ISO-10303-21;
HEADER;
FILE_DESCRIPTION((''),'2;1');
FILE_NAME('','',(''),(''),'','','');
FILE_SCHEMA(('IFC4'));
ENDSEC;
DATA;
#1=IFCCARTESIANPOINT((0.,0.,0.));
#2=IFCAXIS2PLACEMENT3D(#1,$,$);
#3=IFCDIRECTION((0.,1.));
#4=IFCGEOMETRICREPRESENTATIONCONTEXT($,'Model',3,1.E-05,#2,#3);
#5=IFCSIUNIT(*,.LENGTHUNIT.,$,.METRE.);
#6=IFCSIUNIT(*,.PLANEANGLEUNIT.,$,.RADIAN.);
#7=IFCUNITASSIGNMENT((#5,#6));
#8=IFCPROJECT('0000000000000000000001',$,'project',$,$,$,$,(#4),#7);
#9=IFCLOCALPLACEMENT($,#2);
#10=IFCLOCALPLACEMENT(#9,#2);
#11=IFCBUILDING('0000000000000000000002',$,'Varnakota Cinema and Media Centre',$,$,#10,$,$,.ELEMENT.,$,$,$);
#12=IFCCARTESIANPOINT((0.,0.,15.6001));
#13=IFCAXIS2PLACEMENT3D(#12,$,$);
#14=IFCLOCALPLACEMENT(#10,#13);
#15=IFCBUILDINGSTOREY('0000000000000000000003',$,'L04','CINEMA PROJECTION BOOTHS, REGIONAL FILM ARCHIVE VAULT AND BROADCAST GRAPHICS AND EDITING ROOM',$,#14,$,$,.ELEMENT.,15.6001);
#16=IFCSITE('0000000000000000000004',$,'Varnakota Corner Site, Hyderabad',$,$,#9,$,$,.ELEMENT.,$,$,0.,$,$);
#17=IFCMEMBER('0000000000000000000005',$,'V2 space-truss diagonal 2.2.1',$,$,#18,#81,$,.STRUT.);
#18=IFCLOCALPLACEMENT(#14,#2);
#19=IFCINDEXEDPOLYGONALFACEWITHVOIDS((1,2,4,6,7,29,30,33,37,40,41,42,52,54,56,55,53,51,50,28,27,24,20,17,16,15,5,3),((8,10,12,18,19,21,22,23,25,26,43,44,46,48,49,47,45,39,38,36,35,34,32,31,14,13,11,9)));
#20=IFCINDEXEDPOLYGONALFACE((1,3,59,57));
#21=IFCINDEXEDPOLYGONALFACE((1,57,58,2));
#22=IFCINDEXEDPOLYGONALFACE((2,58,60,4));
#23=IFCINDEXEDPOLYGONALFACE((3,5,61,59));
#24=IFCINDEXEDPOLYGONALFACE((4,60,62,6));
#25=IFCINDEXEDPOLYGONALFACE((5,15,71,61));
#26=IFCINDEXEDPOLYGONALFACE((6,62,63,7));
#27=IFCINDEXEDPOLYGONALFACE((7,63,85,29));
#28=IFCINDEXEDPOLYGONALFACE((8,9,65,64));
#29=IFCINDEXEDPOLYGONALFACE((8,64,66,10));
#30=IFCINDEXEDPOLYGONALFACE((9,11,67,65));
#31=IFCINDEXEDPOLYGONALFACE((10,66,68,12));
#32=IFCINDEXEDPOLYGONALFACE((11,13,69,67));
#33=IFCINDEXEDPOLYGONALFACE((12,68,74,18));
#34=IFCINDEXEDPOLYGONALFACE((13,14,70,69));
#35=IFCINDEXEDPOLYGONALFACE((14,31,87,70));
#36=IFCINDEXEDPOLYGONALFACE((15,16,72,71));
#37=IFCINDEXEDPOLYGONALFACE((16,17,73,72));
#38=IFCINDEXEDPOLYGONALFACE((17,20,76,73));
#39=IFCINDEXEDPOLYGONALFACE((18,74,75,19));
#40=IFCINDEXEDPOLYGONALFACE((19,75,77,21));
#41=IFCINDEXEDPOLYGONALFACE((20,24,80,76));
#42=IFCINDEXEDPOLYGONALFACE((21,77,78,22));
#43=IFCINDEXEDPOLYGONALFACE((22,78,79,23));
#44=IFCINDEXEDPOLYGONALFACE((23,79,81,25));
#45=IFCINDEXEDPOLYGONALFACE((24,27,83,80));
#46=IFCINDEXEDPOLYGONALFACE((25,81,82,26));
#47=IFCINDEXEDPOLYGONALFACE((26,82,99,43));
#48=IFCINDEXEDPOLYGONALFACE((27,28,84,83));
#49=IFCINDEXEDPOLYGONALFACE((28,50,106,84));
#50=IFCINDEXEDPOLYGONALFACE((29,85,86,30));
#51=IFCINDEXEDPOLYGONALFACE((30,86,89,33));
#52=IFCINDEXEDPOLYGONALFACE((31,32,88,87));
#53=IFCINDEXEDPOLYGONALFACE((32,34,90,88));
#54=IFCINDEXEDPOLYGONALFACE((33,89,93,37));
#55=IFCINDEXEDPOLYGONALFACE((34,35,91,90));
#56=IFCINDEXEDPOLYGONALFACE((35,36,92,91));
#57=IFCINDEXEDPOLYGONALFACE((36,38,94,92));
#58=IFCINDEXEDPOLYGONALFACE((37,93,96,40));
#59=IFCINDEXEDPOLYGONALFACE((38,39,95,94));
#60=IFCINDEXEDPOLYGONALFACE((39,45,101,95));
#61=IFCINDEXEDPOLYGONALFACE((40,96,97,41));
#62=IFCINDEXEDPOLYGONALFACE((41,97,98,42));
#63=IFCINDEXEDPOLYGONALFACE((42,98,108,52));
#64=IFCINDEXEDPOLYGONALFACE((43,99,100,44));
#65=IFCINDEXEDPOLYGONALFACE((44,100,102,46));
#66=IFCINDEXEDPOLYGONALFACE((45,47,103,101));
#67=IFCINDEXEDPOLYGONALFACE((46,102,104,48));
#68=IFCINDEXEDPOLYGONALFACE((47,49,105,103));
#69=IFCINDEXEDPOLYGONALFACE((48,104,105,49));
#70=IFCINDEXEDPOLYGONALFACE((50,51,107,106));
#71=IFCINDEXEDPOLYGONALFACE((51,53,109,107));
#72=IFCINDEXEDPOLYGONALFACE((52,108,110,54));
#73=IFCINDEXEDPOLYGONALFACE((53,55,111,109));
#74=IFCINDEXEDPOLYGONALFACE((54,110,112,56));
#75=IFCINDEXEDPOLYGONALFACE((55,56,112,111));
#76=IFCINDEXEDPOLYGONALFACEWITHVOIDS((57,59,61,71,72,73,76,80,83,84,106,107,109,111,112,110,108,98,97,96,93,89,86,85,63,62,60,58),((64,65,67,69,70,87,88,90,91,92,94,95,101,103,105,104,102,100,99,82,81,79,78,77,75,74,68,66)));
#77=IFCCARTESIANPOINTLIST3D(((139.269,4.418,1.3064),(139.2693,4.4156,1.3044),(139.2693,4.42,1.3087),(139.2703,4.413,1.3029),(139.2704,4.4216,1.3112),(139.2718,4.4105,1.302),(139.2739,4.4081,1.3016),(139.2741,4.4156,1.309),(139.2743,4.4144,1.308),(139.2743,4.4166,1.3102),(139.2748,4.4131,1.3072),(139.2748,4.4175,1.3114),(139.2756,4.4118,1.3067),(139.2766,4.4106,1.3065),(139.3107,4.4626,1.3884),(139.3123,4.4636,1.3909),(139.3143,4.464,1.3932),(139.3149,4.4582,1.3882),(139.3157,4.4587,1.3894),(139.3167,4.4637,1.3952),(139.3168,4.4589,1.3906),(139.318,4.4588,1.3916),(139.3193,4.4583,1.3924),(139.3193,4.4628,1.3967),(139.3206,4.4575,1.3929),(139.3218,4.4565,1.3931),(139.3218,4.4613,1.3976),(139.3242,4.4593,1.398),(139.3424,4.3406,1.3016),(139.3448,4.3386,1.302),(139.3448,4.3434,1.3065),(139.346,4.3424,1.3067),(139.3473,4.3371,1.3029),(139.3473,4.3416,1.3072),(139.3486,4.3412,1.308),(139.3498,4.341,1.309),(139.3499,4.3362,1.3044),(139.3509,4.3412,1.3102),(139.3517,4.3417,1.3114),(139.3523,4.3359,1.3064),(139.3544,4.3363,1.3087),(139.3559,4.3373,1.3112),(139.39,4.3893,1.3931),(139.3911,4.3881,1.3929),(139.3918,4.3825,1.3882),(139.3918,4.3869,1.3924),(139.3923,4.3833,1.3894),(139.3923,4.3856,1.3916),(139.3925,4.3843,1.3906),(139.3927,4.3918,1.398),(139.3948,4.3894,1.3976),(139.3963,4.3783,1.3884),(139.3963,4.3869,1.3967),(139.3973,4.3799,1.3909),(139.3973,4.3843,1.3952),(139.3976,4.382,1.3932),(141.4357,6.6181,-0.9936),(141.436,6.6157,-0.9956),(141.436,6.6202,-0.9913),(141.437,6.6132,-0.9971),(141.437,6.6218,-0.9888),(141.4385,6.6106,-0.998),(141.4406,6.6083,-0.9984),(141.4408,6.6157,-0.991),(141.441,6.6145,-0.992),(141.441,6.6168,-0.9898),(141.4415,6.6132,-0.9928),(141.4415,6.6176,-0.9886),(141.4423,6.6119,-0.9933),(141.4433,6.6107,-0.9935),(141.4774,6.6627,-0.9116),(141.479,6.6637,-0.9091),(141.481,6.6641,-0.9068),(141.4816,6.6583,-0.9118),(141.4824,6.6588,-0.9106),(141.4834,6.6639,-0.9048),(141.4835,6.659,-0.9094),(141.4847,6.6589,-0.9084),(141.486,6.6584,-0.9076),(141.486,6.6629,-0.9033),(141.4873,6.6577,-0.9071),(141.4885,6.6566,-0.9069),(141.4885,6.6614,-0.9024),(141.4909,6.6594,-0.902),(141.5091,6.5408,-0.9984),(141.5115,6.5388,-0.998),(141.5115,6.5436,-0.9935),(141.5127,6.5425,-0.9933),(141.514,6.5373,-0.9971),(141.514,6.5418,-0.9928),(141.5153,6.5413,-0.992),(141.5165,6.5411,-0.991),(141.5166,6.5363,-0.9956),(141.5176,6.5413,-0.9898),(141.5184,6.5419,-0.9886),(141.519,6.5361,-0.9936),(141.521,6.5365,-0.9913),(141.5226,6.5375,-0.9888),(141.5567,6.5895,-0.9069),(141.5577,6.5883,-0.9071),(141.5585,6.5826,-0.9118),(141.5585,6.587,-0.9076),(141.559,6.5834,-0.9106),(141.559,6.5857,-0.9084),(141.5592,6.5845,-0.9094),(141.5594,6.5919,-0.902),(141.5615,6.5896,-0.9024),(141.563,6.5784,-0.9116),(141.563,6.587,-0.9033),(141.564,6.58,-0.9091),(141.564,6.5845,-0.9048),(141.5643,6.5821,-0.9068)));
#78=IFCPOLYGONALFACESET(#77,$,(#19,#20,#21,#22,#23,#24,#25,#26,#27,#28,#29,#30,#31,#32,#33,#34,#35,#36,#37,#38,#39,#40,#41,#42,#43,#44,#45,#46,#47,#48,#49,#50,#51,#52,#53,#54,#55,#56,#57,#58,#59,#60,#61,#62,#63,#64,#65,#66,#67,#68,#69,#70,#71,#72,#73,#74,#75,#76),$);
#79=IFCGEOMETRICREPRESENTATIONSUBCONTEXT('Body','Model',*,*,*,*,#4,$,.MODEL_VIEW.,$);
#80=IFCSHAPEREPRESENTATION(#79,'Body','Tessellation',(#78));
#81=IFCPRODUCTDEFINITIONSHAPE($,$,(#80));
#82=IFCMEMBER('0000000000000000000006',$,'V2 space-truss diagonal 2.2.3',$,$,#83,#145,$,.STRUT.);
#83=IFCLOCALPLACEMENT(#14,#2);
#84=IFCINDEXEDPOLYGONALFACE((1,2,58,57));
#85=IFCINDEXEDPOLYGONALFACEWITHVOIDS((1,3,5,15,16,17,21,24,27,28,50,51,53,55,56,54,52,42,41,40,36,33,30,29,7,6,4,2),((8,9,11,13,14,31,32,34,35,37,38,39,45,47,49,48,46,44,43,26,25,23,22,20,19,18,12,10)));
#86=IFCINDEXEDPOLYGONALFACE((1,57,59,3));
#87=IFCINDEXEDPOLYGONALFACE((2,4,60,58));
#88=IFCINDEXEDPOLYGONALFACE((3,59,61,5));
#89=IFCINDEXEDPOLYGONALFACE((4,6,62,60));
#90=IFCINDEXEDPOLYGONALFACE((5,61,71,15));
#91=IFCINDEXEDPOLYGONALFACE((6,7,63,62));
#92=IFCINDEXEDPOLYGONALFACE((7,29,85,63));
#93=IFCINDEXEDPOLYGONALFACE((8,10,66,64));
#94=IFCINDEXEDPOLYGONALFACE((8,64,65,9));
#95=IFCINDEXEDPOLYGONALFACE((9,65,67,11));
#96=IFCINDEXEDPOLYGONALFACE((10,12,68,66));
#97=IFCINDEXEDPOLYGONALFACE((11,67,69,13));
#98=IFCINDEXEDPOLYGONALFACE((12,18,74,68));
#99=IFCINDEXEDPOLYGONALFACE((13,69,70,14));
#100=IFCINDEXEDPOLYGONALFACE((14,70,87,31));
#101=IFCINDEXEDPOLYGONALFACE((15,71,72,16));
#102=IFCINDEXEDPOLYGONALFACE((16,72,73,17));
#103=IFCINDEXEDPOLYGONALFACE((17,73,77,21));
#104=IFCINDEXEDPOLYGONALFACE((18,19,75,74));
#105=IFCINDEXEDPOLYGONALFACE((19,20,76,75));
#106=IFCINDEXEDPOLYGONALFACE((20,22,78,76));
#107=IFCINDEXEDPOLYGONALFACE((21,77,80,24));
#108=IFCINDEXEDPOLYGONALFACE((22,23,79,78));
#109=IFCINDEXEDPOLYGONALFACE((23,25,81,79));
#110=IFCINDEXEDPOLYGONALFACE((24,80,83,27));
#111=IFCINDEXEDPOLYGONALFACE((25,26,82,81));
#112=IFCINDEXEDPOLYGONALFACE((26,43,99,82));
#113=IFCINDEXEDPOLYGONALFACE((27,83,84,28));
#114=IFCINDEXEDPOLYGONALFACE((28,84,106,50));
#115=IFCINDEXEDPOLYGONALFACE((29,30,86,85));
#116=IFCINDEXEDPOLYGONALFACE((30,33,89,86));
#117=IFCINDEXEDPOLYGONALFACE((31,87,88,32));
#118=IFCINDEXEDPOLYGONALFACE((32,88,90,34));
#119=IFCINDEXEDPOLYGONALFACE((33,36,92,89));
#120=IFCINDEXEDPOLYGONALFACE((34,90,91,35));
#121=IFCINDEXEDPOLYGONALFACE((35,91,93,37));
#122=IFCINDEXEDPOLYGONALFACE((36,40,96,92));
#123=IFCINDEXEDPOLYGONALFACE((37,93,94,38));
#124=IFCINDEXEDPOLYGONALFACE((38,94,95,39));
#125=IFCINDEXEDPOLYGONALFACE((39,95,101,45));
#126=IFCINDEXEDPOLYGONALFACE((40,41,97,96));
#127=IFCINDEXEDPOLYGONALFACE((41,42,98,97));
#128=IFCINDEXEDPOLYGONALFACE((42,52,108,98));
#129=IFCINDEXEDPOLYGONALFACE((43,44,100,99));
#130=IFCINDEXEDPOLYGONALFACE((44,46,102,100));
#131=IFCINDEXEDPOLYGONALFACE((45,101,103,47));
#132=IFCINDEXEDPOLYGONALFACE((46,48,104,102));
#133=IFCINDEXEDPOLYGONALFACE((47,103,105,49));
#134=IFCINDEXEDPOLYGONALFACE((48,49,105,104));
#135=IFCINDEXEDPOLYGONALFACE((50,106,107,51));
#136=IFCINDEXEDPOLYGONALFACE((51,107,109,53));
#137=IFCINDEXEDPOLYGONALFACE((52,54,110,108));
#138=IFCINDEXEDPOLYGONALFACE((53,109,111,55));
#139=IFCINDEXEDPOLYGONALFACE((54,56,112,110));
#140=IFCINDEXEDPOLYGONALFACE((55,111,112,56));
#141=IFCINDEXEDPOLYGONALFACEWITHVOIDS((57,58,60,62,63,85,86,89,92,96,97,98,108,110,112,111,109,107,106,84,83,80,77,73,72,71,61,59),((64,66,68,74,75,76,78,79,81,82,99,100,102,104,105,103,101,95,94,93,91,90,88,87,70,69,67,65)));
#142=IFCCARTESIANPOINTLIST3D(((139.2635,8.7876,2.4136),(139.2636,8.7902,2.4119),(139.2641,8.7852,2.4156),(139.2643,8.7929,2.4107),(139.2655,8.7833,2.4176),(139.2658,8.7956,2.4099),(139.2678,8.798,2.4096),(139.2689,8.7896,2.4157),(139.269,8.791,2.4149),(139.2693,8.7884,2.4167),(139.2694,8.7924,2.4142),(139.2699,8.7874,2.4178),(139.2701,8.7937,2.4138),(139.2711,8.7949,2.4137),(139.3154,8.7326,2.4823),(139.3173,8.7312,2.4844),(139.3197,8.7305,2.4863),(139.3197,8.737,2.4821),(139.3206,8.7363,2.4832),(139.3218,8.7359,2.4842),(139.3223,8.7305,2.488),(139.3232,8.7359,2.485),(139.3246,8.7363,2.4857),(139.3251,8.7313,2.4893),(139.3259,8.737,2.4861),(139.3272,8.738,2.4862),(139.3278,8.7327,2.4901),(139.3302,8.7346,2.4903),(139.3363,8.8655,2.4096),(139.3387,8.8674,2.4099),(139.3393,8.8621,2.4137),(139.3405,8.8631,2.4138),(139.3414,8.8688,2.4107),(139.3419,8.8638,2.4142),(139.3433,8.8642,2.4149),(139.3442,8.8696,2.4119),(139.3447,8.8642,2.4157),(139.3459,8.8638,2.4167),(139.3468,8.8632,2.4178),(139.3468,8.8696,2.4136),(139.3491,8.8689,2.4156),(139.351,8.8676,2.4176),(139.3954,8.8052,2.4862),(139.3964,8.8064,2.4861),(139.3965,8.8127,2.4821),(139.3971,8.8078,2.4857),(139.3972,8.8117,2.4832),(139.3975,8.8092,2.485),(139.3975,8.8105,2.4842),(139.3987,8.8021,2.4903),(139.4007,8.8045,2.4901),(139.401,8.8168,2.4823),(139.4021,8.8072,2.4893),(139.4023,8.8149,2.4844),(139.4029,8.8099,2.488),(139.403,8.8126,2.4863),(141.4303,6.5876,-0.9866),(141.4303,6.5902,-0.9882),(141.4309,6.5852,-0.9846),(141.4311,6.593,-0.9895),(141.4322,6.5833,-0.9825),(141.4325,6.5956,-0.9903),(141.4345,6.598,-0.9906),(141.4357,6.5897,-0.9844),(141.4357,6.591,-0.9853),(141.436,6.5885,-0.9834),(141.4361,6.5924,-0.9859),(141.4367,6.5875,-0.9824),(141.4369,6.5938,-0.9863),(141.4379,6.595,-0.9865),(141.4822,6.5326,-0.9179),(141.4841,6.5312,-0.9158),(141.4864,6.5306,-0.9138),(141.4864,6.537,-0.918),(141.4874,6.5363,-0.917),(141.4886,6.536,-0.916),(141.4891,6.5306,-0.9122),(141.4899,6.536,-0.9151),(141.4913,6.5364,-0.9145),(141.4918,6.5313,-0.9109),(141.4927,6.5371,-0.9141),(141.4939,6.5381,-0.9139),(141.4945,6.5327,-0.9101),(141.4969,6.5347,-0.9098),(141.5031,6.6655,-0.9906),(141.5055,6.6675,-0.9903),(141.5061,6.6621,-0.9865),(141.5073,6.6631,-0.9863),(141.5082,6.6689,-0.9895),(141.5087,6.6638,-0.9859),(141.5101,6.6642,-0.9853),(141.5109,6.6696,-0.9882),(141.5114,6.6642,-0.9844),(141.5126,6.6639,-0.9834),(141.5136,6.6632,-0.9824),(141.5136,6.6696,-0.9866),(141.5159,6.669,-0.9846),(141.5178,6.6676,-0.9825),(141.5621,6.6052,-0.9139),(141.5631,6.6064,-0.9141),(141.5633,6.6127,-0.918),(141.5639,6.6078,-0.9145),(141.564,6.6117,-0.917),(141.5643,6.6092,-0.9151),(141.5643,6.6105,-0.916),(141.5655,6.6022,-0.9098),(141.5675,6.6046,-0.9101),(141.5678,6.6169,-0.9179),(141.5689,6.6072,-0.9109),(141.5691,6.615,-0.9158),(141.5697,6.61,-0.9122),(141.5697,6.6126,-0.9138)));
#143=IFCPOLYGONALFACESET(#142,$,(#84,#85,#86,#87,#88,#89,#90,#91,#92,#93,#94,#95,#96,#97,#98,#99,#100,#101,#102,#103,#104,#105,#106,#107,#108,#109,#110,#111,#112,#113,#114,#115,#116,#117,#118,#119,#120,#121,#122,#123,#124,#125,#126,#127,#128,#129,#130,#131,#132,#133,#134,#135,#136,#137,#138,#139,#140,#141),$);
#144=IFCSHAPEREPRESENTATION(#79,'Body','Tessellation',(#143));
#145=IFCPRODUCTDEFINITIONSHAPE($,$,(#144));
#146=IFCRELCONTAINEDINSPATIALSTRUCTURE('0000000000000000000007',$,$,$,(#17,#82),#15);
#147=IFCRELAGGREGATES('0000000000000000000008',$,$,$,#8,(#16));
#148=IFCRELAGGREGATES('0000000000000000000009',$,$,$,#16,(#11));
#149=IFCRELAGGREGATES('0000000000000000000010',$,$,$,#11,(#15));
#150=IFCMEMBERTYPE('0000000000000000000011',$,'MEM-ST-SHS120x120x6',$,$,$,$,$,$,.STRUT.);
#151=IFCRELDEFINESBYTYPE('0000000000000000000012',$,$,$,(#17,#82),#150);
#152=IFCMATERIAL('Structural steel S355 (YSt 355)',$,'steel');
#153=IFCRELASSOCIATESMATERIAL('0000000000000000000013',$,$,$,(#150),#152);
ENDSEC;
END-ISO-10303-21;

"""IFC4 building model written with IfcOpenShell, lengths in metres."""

from ifc_helpers import new_model, si_unit, direction, frame, origin, origin_2d, place, context, subcontext, project, spatial, hollow_rectangle, extrude, material, material_profile, profile_set, type_object, element, save


model = new_model("IFC4")

# Units and contexts
model_context = context("Model", 3, precision=1e-05, world=origin(), true_north=direction((0.0, 1.0)))
body_context = subcontext(model_context, "Body", "Model", "MODEL_VIEW")
ifc_project = project(units=[si_unit("LENGTHUNIT", "METRE"), si_unit("PLANEANGLEUNIT", "RADIAN")], contexts=[model_context])

# Site, building, storey
site_placement = place(None, origin())
site = spatial("IfcSite", under=ifc_project, at=site_placement, Name="Varnakota Corner Site, Hyderabad", CompositionType="ELEMENT", RefElevation=0.0)
building_placement = place(site_placement, origin())
building = spatial("IfcBuilding", under=site, at=building_placement, Name="Varnakota Cinema and Media Centre", CompositionType="ELEMENT")
storey_placement = place(building_placement, frame((0.0, 0.0, 15.6001)))
storey = spatial("IfcBuildingStorey", under=building, at=storey_placement, Name="L04", Description="CINEMA PROJECTION BOOTHS, REGIONAL FILM ARCHIVE VAULT AND BROADCAST GRAPHICS AND EDITING ROOM", CompositionType="ELEMENT", Elevation=15.6001)

# Members
ifc_material_1 = material(Name="Structural steel S355 (YSt 355)", Category="steel")
ifc_material_profile_1 = material_profile(ifc_material_1, hollow_rectangle(XDim=0.1201, YDim=0.1201, WallThickness=0.0061, InnerFilletRadius=0.0061, OuterFilletRadius=0.012, at=origin_2d()), Name="SHS 120x120x6")
ifc_profile_set_1 = profile_set([ifc_material_profile_1], Name="Structural steel S355 (YSt 355)")
member_type_1 = type_object("IfcMemberType", Name="MEM-ST-SHS120x120x6", PredefinedType="STRUT", material=ifc_profile_set_1)
member_1_placement = place(storey_placement, frame((141.5, 6.6001, -0.9502), z_axis=(-0.562728, -0.571414, 0.597347), x_axis=(0.712502, -0.70167, 0.0)))
element("IfcMember", 1, at=member_1_placement, inside=storey, type_object=member_type_1, Name="V2 space-truss diagonal 2.2.1", PredefinedType="STRUT", context=body_context, shape_type="SweptSolid", body=[
    extrude(hollow_rectangle(XDim=0.1201, YDim=0.1201, WallThickness=0.0061, InnerFilletRadius=0.0061, OuterFilletRadius=0.012, at=origin_2d()), origin(), (0.0, 0.0, 1.0), 3.8503),
])
member_2_placement = place(storey_placement, frame((141.5, 6.6001, -0.9502), z_axis=(-0.471751, 0.47898, 0.74029), x_axis=(-0.712463, -0.70171, 0.0)))
element("IfcMember", 2, at=member_2_placement, inside=storey, type_object=member_type_1, Name="V2 space-truss diagonal 2.2.3", PredefinedType="STRUT", context=body_context, shape_type="SweptSolid", body=[
    extrude(hollow_rectangle(XDim=0.1201, YDim=0.1201, WallThickness=0.0061, InnerFilletRadius=0.0061, OuterFilletRadius=0.012, at=origin_2d()), origin(), (0.0, 0.0, 1.0), 4.593),
])

save(model, "model.ifc")
